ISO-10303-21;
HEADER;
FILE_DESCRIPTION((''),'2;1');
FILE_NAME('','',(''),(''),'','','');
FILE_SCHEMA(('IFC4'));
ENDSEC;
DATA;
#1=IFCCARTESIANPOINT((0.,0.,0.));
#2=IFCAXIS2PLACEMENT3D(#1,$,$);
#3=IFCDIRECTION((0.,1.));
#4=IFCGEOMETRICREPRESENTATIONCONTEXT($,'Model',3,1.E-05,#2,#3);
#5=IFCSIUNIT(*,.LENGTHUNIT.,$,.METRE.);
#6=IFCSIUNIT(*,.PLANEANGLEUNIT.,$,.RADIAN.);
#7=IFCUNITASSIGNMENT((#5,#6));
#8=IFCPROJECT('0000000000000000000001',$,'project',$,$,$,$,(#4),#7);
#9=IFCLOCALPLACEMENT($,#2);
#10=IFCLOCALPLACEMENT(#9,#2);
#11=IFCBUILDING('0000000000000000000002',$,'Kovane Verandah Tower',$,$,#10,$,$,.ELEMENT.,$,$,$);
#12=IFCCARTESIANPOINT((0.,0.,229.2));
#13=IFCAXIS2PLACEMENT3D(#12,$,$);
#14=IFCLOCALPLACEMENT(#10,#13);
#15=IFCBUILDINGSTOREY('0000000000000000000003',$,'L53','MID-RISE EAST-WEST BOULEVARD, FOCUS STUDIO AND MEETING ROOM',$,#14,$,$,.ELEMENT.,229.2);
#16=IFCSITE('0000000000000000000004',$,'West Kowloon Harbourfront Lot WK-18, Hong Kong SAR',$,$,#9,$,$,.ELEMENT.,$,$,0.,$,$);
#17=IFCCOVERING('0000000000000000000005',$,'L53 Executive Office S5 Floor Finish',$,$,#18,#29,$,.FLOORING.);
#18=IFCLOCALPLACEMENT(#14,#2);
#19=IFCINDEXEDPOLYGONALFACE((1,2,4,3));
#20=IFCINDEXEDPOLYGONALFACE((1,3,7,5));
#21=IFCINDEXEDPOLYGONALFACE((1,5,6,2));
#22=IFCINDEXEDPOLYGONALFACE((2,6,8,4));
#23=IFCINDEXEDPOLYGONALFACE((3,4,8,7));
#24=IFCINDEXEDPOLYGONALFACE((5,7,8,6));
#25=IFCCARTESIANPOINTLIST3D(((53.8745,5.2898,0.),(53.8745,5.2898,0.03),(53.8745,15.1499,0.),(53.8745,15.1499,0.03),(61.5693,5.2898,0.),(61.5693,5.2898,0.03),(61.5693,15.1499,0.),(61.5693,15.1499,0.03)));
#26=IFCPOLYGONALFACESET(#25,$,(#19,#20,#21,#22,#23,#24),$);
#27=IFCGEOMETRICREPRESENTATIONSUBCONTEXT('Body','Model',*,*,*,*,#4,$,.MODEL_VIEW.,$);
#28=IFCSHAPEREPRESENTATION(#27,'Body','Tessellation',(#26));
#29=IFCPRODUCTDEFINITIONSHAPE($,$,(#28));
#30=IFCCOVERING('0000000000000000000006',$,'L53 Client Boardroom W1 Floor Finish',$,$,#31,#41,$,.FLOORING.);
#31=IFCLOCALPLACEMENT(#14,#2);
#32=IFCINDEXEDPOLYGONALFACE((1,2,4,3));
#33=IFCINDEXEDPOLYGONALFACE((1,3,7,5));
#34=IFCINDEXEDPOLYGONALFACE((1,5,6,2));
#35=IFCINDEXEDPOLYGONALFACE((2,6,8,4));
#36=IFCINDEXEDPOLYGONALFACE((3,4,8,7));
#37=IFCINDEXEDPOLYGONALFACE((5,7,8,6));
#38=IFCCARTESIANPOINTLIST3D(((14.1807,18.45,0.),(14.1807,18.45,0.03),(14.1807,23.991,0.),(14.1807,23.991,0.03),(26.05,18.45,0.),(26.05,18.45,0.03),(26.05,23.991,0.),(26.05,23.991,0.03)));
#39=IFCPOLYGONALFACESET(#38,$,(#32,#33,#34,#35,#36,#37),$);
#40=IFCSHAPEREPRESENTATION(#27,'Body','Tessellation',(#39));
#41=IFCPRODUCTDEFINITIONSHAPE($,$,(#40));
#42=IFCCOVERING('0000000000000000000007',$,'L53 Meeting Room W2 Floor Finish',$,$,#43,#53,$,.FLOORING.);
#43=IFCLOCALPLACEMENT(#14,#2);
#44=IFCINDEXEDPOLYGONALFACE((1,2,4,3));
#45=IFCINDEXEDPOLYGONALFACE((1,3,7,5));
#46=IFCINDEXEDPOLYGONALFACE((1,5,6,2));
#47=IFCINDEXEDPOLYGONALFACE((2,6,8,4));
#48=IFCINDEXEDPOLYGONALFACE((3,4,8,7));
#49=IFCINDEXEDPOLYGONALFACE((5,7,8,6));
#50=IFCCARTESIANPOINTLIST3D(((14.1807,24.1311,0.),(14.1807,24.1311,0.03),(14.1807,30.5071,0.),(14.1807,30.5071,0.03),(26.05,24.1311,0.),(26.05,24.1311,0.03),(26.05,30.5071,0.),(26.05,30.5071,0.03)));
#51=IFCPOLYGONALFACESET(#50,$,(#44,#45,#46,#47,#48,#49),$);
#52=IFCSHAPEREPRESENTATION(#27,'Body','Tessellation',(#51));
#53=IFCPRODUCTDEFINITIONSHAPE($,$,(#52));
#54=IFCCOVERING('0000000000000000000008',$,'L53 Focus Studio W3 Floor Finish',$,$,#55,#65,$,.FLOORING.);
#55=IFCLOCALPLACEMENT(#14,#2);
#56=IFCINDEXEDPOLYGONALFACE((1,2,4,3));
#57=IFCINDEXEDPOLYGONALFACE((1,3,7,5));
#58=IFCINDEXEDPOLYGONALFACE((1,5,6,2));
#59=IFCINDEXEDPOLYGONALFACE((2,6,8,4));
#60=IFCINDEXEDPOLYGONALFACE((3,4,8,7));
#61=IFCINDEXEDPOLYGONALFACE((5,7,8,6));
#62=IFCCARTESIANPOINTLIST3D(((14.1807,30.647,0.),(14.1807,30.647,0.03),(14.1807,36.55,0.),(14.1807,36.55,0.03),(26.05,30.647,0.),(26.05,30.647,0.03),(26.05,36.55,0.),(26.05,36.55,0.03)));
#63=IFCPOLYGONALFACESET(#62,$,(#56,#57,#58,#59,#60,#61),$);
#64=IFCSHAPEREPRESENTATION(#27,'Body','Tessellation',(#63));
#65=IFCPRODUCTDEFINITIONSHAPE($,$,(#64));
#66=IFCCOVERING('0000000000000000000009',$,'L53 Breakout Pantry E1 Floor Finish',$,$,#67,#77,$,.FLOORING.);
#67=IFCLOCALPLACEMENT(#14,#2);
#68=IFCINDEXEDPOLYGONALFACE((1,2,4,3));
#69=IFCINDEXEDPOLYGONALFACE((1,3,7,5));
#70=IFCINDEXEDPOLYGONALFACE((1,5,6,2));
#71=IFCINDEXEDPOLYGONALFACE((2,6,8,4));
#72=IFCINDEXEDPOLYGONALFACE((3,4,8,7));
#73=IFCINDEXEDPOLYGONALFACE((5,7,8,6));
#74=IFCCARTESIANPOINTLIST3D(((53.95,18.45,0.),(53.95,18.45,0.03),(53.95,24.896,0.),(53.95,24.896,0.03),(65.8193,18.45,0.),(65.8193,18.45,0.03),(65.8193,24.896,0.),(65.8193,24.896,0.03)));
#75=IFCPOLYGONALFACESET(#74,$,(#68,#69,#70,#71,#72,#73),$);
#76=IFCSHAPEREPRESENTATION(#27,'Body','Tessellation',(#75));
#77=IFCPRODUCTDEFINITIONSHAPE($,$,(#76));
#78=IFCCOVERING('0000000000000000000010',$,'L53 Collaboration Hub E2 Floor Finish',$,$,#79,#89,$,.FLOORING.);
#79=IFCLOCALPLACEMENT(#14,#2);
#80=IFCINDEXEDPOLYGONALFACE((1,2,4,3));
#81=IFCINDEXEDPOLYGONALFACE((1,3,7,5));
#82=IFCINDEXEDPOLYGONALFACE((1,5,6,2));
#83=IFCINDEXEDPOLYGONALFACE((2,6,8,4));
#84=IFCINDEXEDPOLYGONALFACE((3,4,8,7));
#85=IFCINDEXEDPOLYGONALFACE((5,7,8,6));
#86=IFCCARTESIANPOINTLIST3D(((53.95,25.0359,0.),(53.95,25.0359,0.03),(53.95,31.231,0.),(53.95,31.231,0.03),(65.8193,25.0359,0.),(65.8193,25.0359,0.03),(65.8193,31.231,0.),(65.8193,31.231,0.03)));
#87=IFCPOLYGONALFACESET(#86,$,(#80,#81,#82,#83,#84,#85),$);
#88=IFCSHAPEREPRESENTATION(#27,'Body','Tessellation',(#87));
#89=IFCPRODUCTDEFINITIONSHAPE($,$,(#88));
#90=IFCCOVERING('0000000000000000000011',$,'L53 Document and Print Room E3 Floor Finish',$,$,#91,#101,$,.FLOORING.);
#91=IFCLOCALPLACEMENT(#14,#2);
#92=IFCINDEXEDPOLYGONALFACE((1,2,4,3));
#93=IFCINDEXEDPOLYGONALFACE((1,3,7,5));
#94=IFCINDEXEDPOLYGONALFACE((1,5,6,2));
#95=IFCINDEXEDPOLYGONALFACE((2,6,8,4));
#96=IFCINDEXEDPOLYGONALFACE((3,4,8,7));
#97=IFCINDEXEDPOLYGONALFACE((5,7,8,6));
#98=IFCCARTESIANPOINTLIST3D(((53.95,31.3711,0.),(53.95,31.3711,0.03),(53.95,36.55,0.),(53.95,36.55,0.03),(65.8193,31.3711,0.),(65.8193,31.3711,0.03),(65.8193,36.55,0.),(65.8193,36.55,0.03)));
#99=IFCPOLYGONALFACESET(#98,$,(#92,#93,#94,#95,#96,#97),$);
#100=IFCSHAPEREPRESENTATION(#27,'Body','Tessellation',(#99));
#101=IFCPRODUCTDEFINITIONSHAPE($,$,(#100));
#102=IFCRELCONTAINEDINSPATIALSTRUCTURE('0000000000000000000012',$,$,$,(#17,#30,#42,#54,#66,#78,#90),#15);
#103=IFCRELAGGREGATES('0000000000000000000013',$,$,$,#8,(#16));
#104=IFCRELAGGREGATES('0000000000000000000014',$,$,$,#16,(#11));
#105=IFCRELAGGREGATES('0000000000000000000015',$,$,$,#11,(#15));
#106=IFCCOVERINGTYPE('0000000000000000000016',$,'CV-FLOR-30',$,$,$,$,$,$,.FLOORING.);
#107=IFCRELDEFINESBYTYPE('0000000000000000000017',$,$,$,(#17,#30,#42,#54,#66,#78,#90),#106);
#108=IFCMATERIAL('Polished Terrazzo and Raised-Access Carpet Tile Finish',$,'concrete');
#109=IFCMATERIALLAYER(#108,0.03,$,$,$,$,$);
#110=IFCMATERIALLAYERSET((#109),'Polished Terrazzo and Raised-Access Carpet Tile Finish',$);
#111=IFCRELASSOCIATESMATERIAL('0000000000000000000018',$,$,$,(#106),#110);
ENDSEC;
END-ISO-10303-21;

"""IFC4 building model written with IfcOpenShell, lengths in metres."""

from ifc_helpers import new_model, si_unit, direction, frame, origin, place, context, subcontext, project, spatial, polyline, outline, extrude, material, layer, layer_set, type_object, element, save


model = new_model("IFC4")

# Units and contexts
model_context = context("Model", 3, precision=1e-05, world=origin(), true_north=direction((0.0, 1.0)))
body_context = subcontext(model_context, "Body", "Model", "MODEL_VIEW")
ifc_project = project(units=[si_unit("LENGTHUNIT", "METRE"), si_unit("PLANEANGLEUNIT", "RADIAN")], contexts=[model_context])

# Site, building, storey
site_placement = place(None, origin())
site = spatial("IfcSite", under=ifc_project, at=site_placement, Name="West Kowloon Harbourfront Lot WK-18, Hong Kong SAR", CompositionType="ELEMENT", RefElevation=0.0)
building_placement = place(site_placement, origin())
building = spatial("IfcBuilding", under=site, at=building_placement, Name="Kovane Verandah Tower", CompositionType="ELEMENT")
storey_placement = place(building_placement, frame((0.0, 0.0, 229.2)))
storey = spatial("IfcBuildingStorey", under=building, at=storey_placement, Name="L53", Description="MID-RISE EAST-WEST BOULEVARD, FOCUS STUDIO AND MEETING ROOM", CompositionType="ELEMENT", Elevation=229.2)

# Coverings
ifc_material_1 = material(Name="Polished Terrazzo and Raised-Access Carpet Tile Finish", Category="concrete")
ifc_layer_1 = layer(ifc_material_1, 0.03)
ifc_layer_set_1 = layer_set([ifc_layer_1], Name="Polished Terrazzo and Raised-Access Carpet Tile Finish")
covering_type_1 = type_object("IfcCoveringType", Name="CV-FLOR-30", PredefinedType="FLOORING", material=ifc_layer_set_1)
covering_1_placement = place(storey_placement, origin())
element("IfcCovering", 1, at=covering_1_placement, inside=storey, type_object=covering_type_1, Name="L53 Executive Office S5 Floor Finish", PredefinedType="FLOORING", context=body_context, shape_type="SweptSolid", body=[
    extrude(outline(polyline([(53.8745, 5.2898), (61.5693, 5.2898), (61.5693, 15.1499), (53.8745, 15.1499), (53.8745, 5.2898)])), origin(), (0.0, 0.0, 1.0), 0.03),
])
covering_2_placement = place(storey_placement, origin())
element("IfcCovering", 2, at=covering_2_placement, inside=storey, type_object=covering_type_1, Name="L53 Client Boardroom W1 Floor Finish", PredefinedType="FLOORING", context=body_context, shape_type="SweptSolid", body=[
    extrude(outline(polyline([(14.1807, 18.45), (26.05, 18.45), (26.05, 23.991), (14.1807, 23.991), (14.1807, 18.45)])), origin(), (0.0, 0.0, 1.0), 0.03),
])
covering_3_placement = place(storey_placement, origin())
element("IfcCovering", 3, at=covering_3_placement, inside=storey, type_object=covering_type_1, Name="L53 Meeting Room W2 Floor Finish", PredefinedType="FLOORING", context=body_context, shape_type="SweptSolid", body=[
    extrude(outline(polyline([(14.1807, 24.1311), (26.05, 24.1311), (26.05, 30.5071), (14.1807, 30.5071), (14.1807, 24.1311)])), origin(), (0.0, 0.0, 1.0), 0.03),
])
covering_4_placement = place(storey_placement, origin())
element("IfcCovering", 4, at=covering_4_placement, inside=storey, type_object=covering_type_1, Name="L53 Focus Studio W3 Floor Finish", PredefinedType="FLOORING", context=body_context, shape_type="SweptSolid", body=[
    extrude(outline(polyline([(14.1807, 30.647), (26.05, 30.647), (26.05, 36.55), (14.1807, 36.55), (14.1807, 30.647)])), origin(), (0.0, 0.0, 1.0), 0.03),
])
covering_5_placement = place(storey_placement, origin())
element("IfcCovering", 5, at=covering_5_placement, inside=storey, type_object=covering_type_1, Name="L53 Breakout Pantry E1 Floor Finish", PredefinedType="FLOORING", context=body_context, shape_type="SweptSolid", body=[
    extrude(outline(polyline([(53.95, 18.45), (65.8193, 18.45), (65.8193, 24.896), (53.95, 24.896), (53.95, 18.45)])), origin(), (0.0, 0.0, 1.0), 0.03),
])
covering_6_placement = place(storey_placement, origin())
element("IfcCovering", 6, at=covering_6_placement, inside=storey, type_object=covering_type_1, Name="L53 Collaboration Hub E2 Floor Finish", PredefinedType="FLOORING", context=body_context, shape_type="SweptSolid", body=[
    extrude(outline(polyline([(53.95, 25.0359), (65.8193, 25.0359), (65.8193, 31.231), (53.95, 31.231), (53.95, 25.0359)])), origin(), (0.0, 0.0, 1.0), 0.03),
])
covering_7_placement = place(storey_placement, origin())
element("IfcCovering", 7, at=covering_7_placement, inside=storey, type_object=covering_type_1, Name="L53 Document and Print Room E3 Floor Finish", PredefinedType="FLOORING", context=body_context, shape_type="SweptSolid", body=[
    extrude(outline(polyline([(53.95, 31.3711), (65.8193, 31.3711), (65.8193, 36.55), (53.95, 36.55), (53.95, 31.3711)])), origin(), (0.0, 0.0, 1.0), 0.03),
])

save(model, "model.ifc")
